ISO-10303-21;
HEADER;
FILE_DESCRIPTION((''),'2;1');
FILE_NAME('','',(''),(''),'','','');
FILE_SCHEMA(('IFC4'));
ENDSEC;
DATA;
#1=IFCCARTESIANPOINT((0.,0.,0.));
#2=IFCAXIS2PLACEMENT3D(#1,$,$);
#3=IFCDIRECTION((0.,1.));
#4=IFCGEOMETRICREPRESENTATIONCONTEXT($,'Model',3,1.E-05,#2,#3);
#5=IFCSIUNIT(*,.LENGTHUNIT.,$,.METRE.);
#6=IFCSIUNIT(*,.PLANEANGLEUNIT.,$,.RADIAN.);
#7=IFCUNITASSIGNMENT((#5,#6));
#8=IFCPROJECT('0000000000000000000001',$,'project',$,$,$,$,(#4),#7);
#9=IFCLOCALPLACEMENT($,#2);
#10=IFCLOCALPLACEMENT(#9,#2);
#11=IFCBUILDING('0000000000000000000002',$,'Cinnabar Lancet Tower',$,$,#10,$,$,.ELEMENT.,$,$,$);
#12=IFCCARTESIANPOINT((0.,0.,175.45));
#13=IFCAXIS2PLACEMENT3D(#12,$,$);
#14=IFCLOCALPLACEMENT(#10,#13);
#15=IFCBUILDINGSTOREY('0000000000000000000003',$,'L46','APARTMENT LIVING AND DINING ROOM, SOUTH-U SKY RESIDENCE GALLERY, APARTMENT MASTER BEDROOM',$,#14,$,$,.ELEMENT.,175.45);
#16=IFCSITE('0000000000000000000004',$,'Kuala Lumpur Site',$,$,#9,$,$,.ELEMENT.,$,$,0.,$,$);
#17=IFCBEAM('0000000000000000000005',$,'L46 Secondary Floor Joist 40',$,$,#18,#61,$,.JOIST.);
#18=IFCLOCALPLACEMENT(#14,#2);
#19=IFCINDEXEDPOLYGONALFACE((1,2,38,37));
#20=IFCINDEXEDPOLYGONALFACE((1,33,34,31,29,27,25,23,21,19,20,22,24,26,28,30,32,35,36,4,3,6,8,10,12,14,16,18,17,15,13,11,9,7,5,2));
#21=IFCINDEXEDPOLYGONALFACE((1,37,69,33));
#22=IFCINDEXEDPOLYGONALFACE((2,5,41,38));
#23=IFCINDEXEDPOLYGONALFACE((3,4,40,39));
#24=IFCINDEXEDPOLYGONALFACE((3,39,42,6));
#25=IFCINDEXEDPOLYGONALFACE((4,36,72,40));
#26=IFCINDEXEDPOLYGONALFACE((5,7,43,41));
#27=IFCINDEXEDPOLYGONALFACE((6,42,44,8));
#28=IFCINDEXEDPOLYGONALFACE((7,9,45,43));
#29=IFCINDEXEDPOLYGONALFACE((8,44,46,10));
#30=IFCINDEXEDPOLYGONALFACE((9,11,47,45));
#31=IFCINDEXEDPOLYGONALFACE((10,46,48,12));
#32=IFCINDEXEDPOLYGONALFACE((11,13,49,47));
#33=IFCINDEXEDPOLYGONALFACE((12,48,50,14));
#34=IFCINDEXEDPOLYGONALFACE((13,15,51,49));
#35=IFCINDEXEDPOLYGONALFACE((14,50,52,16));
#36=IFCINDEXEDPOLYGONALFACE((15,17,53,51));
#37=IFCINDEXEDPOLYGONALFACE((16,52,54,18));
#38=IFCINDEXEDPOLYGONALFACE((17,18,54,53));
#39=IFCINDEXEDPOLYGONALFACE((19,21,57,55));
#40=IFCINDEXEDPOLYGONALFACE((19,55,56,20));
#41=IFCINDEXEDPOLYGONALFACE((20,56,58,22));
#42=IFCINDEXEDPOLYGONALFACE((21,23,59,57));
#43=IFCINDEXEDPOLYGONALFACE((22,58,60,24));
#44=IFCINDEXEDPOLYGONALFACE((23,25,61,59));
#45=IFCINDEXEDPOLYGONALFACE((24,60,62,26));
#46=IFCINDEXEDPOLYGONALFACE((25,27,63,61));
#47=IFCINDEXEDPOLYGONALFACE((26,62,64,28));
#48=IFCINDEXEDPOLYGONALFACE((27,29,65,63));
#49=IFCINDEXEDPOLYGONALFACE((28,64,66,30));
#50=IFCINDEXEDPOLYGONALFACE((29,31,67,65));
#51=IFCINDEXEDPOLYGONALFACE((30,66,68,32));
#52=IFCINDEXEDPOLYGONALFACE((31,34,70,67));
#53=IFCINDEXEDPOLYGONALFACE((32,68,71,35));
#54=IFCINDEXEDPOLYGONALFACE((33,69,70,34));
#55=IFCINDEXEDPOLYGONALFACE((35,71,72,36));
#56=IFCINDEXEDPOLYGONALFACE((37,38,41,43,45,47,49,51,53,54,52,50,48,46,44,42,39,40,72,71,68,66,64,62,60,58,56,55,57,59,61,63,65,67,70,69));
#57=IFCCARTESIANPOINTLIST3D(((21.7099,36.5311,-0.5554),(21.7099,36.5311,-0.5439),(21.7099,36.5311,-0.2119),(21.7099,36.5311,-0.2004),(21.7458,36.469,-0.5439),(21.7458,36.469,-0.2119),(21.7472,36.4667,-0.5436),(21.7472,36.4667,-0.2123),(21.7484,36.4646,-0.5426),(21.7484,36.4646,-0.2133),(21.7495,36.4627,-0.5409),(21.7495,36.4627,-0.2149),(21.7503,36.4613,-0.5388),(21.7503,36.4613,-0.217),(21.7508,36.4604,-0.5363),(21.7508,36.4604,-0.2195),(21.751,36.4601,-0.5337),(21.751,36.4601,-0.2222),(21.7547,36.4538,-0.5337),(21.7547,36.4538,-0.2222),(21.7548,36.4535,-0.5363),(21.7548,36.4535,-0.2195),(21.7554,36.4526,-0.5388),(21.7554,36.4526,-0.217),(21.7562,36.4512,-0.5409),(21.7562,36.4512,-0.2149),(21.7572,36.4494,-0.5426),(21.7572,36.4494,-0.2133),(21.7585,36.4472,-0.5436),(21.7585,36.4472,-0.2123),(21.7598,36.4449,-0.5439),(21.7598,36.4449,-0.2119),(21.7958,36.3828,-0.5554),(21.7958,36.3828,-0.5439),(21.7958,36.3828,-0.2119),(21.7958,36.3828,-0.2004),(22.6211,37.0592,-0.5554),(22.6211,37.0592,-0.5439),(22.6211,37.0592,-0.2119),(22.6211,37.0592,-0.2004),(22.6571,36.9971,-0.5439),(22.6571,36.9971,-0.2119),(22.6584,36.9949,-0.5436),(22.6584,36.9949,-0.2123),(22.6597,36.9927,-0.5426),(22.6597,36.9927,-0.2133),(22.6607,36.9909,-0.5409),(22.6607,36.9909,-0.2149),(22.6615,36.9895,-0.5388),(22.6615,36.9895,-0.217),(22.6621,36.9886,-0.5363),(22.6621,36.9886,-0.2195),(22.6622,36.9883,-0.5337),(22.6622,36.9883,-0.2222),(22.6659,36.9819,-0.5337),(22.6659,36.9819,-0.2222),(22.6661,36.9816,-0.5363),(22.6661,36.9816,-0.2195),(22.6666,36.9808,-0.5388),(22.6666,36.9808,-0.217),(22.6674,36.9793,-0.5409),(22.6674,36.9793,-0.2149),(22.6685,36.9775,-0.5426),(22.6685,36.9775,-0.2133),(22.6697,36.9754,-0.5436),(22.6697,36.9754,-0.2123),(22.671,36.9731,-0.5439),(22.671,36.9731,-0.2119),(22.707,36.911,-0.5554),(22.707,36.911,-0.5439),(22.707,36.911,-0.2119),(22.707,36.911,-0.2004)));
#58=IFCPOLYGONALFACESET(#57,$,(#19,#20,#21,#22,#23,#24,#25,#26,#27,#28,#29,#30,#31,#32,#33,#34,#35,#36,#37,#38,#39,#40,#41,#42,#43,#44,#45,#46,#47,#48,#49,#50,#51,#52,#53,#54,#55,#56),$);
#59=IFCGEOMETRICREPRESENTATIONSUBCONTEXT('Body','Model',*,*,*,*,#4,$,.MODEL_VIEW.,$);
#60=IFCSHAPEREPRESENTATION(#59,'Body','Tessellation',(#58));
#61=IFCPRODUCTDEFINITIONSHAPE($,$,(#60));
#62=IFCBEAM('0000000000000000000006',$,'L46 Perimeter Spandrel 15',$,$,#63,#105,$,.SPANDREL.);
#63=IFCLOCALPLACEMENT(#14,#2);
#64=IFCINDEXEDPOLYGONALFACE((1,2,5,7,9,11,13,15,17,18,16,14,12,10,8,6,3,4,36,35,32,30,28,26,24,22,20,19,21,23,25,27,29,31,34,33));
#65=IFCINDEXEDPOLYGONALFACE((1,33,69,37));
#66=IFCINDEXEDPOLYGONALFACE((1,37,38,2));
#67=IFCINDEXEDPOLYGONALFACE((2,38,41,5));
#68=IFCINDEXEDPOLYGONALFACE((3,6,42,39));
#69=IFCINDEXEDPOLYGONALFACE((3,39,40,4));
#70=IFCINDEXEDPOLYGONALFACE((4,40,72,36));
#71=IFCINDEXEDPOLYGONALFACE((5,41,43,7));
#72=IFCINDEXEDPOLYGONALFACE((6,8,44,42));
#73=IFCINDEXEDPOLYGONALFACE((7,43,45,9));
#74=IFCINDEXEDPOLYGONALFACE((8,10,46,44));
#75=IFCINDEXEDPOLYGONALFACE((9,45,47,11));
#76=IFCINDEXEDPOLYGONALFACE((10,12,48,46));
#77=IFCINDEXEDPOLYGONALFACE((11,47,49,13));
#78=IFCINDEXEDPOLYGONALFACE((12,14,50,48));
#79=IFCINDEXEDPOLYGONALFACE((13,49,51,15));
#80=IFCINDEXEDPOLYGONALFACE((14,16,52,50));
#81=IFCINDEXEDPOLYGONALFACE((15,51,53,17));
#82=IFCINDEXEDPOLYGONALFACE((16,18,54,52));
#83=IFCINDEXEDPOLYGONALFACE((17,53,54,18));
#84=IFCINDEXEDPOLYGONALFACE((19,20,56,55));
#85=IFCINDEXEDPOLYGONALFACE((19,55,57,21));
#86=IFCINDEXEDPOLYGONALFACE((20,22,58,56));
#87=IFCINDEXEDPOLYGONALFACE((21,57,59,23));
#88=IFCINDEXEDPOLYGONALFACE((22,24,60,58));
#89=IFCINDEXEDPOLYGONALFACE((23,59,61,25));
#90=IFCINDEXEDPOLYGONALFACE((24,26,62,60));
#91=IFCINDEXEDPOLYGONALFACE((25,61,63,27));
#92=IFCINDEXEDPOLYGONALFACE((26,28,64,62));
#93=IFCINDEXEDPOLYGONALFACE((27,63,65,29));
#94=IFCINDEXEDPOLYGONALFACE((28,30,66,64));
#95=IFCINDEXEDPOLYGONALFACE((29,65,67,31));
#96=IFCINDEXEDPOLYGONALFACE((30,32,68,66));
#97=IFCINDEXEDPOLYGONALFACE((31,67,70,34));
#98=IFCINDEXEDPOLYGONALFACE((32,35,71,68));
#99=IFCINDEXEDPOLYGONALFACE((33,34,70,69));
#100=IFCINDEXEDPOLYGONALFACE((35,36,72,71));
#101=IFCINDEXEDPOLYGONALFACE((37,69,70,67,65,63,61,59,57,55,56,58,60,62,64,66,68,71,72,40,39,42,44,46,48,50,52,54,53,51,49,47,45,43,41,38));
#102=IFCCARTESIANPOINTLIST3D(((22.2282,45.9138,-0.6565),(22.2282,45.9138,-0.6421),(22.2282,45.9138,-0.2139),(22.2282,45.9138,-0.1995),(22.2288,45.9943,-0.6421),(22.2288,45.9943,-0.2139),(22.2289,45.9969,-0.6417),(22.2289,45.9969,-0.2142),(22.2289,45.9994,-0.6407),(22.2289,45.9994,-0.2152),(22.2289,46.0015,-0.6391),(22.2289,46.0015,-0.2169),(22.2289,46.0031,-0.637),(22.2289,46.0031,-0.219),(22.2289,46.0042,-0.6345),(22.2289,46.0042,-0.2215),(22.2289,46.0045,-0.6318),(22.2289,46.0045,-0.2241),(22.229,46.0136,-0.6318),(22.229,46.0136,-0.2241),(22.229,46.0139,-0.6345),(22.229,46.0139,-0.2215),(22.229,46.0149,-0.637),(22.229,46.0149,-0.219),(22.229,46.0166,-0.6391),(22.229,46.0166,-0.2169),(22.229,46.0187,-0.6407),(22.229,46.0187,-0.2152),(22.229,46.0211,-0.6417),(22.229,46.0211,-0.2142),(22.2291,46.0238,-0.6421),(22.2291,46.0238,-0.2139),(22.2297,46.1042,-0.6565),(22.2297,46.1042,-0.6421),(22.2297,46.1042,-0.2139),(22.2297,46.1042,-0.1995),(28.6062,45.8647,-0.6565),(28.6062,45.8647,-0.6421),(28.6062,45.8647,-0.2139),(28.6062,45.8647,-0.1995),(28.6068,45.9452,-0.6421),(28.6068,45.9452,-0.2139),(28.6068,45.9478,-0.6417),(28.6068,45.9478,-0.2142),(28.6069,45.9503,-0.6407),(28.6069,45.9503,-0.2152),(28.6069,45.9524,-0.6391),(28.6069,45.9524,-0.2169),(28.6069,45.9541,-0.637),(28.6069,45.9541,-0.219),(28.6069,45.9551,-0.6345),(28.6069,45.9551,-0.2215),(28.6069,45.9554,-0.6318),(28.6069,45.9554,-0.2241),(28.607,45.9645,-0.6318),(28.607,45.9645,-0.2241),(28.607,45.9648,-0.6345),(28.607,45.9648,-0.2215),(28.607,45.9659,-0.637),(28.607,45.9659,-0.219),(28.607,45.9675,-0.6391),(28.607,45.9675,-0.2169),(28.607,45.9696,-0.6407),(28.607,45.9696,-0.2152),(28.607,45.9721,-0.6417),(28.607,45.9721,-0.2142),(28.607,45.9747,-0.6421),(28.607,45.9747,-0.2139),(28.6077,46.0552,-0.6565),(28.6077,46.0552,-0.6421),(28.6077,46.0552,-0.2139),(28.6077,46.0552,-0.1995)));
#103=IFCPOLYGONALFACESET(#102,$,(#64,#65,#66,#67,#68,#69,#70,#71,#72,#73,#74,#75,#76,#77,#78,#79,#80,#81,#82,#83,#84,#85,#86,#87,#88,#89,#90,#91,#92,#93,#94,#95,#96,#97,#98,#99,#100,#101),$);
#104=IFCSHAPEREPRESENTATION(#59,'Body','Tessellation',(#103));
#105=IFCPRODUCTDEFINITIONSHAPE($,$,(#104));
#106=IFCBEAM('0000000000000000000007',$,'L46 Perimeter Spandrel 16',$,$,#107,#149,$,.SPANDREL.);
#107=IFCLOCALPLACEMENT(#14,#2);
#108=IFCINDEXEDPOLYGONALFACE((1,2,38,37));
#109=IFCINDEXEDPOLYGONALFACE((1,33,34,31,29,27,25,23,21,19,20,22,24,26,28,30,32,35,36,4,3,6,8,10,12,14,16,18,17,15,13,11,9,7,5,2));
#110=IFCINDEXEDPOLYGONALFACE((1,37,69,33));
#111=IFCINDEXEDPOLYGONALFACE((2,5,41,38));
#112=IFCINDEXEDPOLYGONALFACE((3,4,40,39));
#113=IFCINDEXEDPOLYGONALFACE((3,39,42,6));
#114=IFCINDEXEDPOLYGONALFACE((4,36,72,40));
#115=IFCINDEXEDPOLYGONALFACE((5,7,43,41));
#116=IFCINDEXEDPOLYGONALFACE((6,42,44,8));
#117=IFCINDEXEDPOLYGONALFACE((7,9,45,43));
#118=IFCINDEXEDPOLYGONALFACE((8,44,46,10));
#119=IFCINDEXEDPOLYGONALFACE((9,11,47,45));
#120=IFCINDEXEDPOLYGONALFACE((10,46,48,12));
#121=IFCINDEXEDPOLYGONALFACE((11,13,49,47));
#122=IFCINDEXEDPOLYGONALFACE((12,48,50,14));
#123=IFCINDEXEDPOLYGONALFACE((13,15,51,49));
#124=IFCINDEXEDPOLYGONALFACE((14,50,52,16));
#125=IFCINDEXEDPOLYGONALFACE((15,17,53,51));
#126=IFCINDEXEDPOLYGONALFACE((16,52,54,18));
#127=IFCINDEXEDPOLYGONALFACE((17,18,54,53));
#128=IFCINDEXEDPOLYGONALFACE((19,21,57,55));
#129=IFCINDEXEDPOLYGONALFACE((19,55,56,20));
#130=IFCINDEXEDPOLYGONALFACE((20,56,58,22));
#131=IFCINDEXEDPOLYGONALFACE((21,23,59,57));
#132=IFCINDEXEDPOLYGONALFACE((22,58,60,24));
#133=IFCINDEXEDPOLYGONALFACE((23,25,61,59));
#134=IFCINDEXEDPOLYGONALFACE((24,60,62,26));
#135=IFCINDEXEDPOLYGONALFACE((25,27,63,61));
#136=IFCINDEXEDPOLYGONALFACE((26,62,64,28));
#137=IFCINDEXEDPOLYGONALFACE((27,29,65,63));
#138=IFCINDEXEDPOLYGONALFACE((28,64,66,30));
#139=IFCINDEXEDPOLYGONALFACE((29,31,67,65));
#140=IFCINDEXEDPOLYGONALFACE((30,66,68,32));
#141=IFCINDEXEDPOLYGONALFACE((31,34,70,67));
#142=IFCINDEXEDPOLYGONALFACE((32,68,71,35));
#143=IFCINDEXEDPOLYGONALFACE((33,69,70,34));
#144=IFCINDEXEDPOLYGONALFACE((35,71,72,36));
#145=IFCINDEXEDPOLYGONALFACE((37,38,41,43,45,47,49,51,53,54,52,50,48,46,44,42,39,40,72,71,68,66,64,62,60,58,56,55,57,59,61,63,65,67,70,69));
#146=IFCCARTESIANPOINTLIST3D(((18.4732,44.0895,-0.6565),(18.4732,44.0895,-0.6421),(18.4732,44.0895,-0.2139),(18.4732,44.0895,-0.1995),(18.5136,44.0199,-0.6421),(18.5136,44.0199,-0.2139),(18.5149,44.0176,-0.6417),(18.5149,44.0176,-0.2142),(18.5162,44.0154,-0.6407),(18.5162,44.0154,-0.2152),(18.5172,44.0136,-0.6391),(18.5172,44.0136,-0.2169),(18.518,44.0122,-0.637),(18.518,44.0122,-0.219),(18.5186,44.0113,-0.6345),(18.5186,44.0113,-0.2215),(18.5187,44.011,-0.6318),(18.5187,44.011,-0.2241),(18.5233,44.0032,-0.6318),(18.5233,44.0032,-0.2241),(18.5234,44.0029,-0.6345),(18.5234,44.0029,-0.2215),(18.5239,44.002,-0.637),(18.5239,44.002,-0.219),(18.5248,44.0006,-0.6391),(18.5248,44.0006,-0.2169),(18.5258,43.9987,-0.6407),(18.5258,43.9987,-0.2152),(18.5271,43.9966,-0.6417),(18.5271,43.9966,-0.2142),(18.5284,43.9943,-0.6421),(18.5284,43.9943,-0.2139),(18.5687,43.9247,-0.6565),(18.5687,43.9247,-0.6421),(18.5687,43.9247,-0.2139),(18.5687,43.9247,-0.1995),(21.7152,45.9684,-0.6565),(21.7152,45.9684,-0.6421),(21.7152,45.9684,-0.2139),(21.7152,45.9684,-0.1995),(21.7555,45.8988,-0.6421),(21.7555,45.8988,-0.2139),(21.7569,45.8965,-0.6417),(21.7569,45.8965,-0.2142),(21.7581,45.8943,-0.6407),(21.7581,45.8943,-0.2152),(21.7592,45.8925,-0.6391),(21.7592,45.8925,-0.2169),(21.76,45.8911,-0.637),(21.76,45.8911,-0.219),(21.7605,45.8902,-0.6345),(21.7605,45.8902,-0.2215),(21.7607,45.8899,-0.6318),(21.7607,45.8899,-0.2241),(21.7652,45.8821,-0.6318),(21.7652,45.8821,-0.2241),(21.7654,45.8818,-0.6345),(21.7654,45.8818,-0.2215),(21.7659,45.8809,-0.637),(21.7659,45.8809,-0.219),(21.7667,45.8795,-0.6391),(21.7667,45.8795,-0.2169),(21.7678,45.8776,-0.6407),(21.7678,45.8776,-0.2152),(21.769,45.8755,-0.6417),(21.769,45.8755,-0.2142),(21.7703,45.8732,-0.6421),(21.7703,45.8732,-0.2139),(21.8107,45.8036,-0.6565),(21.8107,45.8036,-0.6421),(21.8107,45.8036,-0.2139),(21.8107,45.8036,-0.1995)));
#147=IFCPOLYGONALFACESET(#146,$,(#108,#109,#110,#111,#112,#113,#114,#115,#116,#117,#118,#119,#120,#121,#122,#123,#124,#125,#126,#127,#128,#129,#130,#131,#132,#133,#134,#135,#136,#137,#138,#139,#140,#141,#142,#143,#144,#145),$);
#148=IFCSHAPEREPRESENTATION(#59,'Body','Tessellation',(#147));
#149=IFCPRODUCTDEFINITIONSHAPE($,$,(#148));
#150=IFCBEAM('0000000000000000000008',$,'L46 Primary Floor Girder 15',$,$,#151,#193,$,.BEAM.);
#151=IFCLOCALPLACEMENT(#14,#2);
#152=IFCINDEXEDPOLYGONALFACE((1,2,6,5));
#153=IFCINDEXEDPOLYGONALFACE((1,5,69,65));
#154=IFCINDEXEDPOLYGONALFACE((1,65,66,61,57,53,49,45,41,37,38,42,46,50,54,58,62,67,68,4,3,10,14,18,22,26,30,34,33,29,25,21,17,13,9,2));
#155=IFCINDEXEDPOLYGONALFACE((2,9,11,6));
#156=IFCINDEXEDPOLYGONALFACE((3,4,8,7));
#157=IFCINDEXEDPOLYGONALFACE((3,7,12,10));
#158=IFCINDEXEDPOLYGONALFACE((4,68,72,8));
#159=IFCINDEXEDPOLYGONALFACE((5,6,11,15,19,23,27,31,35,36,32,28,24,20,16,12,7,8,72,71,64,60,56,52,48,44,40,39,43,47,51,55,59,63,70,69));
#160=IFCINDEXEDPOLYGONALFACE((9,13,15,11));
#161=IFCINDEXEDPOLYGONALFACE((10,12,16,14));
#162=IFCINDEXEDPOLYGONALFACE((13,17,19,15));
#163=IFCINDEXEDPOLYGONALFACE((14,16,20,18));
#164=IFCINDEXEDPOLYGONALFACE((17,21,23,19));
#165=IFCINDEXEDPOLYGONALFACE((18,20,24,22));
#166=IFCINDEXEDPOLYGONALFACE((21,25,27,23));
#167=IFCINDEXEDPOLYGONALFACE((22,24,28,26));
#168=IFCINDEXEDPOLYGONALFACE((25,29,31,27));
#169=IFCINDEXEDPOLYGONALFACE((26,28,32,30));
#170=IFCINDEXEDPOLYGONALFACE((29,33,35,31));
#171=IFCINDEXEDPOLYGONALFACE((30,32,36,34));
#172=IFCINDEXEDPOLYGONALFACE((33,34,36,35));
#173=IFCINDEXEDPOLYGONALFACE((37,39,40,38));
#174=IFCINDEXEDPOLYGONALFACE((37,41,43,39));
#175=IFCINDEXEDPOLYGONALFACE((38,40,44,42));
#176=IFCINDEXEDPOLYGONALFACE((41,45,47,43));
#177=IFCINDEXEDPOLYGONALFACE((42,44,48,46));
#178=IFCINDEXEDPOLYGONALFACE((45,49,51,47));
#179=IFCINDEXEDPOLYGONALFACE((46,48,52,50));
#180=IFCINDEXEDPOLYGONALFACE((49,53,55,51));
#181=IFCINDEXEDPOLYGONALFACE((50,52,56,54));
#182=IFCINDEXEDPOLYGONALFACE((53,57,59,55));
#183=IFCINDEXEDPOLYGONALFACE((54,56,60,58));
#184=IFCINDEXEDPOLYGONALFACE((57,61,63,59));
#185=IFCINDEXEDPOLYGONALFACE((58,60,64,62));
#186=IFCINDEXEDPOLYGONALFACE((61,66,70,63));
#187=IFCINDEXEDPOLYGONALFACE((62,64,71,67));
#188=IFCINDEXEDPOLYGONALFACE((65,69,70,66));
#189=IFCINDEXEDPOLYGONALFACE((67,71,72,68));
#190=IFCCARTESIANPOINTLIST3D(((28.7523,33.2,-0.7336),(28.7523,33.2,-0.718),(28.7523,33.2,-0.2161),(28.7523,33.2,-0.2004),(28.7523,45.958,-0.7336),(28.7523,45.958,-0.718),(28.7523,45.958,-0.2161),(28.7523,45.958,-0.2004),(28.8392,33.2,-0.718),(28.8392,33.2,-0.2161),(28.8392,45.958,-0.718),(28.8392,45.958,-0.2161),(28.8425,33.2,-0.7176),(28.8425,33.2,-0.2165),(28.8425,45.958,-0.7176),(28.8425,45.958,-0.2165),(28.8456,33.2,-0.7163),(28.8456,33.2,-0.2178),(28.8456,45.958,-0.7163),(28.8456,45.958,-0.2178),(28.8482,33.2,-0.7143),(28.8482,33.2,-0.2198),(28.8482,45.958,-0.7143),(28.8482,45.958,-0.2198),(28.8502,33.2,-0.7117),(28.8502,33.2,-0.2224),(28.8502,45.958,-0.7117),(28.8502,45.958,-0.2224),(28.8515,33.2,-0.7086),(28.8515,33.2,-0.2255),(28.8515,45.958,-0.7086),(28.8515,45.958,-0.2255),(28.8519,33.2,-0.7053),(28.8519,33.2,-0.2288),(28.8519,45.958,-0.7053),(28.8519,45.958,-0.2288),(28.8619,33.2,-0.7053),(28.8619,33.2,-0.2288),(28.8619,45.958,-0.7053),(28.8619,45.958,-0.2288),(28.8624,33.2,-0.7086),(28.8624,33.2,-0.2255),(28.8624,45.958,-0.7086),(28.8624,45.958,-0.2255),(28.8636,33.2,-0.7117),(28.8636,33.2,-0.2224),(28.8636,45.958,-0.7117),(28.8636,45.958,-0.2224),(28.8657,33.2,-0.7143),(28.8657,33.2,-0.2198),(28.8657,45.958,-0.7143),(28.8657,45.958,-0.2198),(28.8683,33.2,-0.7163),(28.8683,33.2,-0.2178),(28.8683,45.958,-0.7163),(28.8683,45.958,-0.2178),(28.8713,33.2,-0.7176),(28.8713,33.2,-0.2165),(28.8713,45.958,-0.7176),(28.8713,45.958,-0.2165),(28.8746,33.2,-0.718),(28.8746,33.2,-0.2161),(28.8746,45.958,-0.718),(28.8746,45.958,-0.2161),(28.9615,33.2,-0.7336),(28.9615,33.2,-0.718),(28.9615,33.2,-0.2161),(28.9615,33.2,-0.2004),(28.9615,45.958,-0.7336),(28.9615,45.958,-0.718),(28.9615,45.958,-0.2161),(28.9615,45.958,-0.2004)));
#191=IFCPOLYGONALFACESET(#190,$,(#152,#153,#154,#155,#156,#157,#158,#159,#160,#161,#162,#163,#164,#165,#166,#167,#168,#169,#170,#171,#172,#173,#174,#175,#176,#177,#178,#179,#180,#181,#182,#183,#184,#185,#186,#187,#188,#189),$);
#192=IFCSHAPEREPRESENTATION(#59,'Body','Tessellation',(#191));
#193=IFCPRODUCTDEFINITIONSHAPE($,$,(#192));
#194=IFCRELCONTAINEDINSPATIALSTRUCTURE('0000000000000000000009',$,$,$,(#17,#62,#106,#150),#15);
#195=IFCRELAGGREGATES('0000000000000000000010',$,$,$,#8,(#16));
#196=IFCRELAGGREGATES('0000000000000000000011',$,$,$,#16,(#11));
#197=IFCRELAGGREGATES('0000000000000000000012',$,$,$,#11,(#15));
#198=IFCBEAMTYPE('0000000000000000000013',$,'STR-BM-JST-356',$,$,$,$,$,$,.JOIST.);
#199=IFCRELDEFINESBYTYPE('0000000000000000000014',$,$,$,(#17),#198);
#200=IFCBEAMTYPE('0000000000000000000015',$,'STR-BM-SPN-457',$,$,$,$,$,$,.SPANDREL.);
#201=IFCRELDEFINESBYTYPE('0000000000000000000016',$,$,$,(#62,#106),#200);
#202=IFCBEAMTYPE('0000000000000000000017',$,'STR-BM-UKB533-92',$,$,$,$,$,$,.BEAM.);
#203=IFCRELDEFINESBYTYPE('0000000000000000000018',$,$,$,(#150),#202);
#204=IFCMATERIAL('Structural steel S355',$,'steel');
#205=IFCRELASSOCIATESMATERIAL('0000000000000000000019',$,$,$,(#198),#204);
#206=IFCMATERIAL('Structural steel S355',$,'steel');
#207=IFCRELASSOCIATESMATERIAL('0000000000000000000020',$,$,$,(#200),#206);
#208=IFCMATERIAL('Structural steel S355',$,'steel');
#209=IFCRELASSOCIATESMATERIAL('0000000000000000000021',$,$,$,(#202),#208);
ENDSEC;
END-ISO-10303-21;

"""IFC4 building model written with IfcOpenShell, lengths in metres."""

from ifc_helpers import new_model, si_unit, direction, frame, origin, origin_2d, place, context, subcontext, project, spatial, i_section, extrude, material, material_profile, profile_set, type_object, element, save


model = new_model("IFC4")

# Units and contexts
model_context = context("Model", 3, precision=1e-05, world=origin(), true_north=direction((0.0, 1.0)))
body_context = subcontext(model_context, "Body", "Model", "MODEL_VIEW")
ifc_project = project(units=[si_unit("LENGTHUNIT", "METRE"), si_unit("PLANEANGLEUNIT", "RADIAN")], contexts=[model_context])

# Site, building, storey
site_placement = place(None, origin())
site = spatial("IfcSite", under=ifc_project, at=site_placement, Name="Kuala Lumpur Site", CompositionType="ELEMENT", RefElevation=0.0)
building_placement = place(site_placement, origin())
building = spatial("IfcBuilding", under=site, at=building_placement, Name="Cinnabar Lancet Tower", CompositionType="ELEMENT")
storey_placement = place(building_placement, frame((0.0, 0.0, 175.45)))
storey = spatial("IfcBuildingStorey", under=building, at=storey_placement, Name="L46", Description="APARTMENT LIVING AND DINING ROOM, SOUTH-U SKY RESIDENCE GALLERY, APARTMENT MASTER BEDROOM", CompositionType="ELEMENT", Elevation=175.45)

# Beams
ifc_material_1 = material(Name="Structural steel S355", Category="steel")
ifc_material_profile_1 = material_profile(ifc_material_1, i_section(OverallWidth=0.1714, OverallDepth=0.355, WebThickness=0.0073, FlangeThickness=0.0115, FilletRadius=0.0103, at=origin_2d()), Name="UKB 356x171x51")
ifc_profile_set_1 = profile_set([ifc_material_profile_1], Name="Structural steel S355")
beam_type_1 = type_object("IfcBeamType", Name="STR-BM-JST-356", PredefinedType="JOIST", material=ifc_profile_set_1)
beam_1_placement = place(storey_placement, frame((22.6641, 36.9851, -0.3779), z_axis=(-0.865188, -0.501447, 0.0), x_axis=(0.501447, -0.865188, 0.0)))
element("IfcBeam", 1, at=beam_1_placement, inside=storey, type_object=beam_type_1, Name="L46 Secondary Floor Joist 40", PredefinedType="JOIST", context=body_context, shape_type="SweptSolid", body=[
    extrude(i_section(OverallWidth=0.1714, OverallDepth=0.355, WebThickness=0.0073, FlangeThickness=0.0115, FilletRadius=0.0103, at=origin_2d()), origin(), (0.0, 0.0, 1.0), 1.0532),
])
ifc_material_2 = material(Name="Structural steel S355", Category="steel")
ifc_material_profile_2 = material_profile(ifc_material_2, i_section(OverallWidth=0.1904, OverallDepth=0.457, WebThickness=0.009, FlangeThickness=0.0144, FilletRadius=0.0103, at=origin_2d()), Name="UKB 457x191x74")
ifc_profile_set_2 = profile_set([ifc_material_profile_2], Name="Structural steel S355")
beam_type_2 = type_object("IfcBeamType", Name="STR-BM-SPN-457", PredefinedType="SPANDREL", material=ifc_profile_set_2)
beam_2_placement = place(storey_placement, frame((28.6069, 45.96, -0.428), z_axis=(-0.99997, 0.007694, 0.0), x_axis=(-0.007694, -0.99997, 0.0)))
element("IfcBeam", 2, at=beam_2_placement, inside=storey, type_object=beam_type_2, Name="L46 Perimeter Spandrel 15", PredefinedType="SPANDREL", context=body_context, shape_type="SweptSolid", body=[
    extrude(i_section(OverallWidth=0.1904, OverallDepth=0.457, WebThickness=0.009, FlangeThickness=0.0144, FilletRadius=0.0103, at=origin_2d()), origin(), (0.0, 0.0, 1.0), 6.3782),
])
beam_3_placement = place(storey_placement, frame((21.7629, 45.886, -0.428), z_axis=(-0.865196, -0.501434, 0.0), x_axis=(0.501434, -0.865196, 0.0)))
element("IfcBeam", 3, at=beam_3_placement, inside=storey, type_object=beam_type_2, Name="L46 Perimeter Spandrel 16", PredefinedType="SPANDREL", context=body_context, shape_type="SweptSolid", body=[
    extrude(i_section(OverallWidth=0.1904, OverallDepth=0.457, WebThickness=0.009, FlangeThickness=0.0144, FilletRadius=0.0103, at=origin_2d()), origin(), (0.0, 0.0, 1.0), 3.7471),
])
ifc_material_3 = material(Name="Structural steel S355", Category="steel")
ifc_material_profile_3 = material_profile(ifc_material_3, i_section(OverallWidth=0.2092, OverallDepth=0.5332, WebThickness=0.01, FlangeThickness=0.0156, FilletRadius=0.0127, at=origin_2d()), Name="UKB 533x210x92")
ifc_profile_set_3 = profile_set([ifc_material_profile_3], Name="Structural steel S355")
beam_type_3 = type_object("IfcBeamType", Name="STR-BM-UKB533-92", PredefinedType="BEAM", material=ifc_profile_set_3)
beam_4_placement = place(storey_placement, frame((28.8569, 45.958, -0.467), z_axis=(0.0, -1.0, 0.0), x_axis=(1.0, 0.0, 0.0)))
element("IfcBeam", 4, at=beam_4_placement, inside=storey, type_object=beam_type_3, Name="L46 Primary Floor Girder 15", PredefinedType="BEAM", context=body_context, shape_type="SweptSolid", body=[
    extrude(i_section(OverallWidth=0.2092, OverallDepth=0.5332, WebThickness=0.01, FlangeThickness=0.0156, FilletRadius=0.0127, at=origin_2d()), origin(), (0.0, 0.0, 1.0), 12.7581),
])

save(model, "model.ifc")
